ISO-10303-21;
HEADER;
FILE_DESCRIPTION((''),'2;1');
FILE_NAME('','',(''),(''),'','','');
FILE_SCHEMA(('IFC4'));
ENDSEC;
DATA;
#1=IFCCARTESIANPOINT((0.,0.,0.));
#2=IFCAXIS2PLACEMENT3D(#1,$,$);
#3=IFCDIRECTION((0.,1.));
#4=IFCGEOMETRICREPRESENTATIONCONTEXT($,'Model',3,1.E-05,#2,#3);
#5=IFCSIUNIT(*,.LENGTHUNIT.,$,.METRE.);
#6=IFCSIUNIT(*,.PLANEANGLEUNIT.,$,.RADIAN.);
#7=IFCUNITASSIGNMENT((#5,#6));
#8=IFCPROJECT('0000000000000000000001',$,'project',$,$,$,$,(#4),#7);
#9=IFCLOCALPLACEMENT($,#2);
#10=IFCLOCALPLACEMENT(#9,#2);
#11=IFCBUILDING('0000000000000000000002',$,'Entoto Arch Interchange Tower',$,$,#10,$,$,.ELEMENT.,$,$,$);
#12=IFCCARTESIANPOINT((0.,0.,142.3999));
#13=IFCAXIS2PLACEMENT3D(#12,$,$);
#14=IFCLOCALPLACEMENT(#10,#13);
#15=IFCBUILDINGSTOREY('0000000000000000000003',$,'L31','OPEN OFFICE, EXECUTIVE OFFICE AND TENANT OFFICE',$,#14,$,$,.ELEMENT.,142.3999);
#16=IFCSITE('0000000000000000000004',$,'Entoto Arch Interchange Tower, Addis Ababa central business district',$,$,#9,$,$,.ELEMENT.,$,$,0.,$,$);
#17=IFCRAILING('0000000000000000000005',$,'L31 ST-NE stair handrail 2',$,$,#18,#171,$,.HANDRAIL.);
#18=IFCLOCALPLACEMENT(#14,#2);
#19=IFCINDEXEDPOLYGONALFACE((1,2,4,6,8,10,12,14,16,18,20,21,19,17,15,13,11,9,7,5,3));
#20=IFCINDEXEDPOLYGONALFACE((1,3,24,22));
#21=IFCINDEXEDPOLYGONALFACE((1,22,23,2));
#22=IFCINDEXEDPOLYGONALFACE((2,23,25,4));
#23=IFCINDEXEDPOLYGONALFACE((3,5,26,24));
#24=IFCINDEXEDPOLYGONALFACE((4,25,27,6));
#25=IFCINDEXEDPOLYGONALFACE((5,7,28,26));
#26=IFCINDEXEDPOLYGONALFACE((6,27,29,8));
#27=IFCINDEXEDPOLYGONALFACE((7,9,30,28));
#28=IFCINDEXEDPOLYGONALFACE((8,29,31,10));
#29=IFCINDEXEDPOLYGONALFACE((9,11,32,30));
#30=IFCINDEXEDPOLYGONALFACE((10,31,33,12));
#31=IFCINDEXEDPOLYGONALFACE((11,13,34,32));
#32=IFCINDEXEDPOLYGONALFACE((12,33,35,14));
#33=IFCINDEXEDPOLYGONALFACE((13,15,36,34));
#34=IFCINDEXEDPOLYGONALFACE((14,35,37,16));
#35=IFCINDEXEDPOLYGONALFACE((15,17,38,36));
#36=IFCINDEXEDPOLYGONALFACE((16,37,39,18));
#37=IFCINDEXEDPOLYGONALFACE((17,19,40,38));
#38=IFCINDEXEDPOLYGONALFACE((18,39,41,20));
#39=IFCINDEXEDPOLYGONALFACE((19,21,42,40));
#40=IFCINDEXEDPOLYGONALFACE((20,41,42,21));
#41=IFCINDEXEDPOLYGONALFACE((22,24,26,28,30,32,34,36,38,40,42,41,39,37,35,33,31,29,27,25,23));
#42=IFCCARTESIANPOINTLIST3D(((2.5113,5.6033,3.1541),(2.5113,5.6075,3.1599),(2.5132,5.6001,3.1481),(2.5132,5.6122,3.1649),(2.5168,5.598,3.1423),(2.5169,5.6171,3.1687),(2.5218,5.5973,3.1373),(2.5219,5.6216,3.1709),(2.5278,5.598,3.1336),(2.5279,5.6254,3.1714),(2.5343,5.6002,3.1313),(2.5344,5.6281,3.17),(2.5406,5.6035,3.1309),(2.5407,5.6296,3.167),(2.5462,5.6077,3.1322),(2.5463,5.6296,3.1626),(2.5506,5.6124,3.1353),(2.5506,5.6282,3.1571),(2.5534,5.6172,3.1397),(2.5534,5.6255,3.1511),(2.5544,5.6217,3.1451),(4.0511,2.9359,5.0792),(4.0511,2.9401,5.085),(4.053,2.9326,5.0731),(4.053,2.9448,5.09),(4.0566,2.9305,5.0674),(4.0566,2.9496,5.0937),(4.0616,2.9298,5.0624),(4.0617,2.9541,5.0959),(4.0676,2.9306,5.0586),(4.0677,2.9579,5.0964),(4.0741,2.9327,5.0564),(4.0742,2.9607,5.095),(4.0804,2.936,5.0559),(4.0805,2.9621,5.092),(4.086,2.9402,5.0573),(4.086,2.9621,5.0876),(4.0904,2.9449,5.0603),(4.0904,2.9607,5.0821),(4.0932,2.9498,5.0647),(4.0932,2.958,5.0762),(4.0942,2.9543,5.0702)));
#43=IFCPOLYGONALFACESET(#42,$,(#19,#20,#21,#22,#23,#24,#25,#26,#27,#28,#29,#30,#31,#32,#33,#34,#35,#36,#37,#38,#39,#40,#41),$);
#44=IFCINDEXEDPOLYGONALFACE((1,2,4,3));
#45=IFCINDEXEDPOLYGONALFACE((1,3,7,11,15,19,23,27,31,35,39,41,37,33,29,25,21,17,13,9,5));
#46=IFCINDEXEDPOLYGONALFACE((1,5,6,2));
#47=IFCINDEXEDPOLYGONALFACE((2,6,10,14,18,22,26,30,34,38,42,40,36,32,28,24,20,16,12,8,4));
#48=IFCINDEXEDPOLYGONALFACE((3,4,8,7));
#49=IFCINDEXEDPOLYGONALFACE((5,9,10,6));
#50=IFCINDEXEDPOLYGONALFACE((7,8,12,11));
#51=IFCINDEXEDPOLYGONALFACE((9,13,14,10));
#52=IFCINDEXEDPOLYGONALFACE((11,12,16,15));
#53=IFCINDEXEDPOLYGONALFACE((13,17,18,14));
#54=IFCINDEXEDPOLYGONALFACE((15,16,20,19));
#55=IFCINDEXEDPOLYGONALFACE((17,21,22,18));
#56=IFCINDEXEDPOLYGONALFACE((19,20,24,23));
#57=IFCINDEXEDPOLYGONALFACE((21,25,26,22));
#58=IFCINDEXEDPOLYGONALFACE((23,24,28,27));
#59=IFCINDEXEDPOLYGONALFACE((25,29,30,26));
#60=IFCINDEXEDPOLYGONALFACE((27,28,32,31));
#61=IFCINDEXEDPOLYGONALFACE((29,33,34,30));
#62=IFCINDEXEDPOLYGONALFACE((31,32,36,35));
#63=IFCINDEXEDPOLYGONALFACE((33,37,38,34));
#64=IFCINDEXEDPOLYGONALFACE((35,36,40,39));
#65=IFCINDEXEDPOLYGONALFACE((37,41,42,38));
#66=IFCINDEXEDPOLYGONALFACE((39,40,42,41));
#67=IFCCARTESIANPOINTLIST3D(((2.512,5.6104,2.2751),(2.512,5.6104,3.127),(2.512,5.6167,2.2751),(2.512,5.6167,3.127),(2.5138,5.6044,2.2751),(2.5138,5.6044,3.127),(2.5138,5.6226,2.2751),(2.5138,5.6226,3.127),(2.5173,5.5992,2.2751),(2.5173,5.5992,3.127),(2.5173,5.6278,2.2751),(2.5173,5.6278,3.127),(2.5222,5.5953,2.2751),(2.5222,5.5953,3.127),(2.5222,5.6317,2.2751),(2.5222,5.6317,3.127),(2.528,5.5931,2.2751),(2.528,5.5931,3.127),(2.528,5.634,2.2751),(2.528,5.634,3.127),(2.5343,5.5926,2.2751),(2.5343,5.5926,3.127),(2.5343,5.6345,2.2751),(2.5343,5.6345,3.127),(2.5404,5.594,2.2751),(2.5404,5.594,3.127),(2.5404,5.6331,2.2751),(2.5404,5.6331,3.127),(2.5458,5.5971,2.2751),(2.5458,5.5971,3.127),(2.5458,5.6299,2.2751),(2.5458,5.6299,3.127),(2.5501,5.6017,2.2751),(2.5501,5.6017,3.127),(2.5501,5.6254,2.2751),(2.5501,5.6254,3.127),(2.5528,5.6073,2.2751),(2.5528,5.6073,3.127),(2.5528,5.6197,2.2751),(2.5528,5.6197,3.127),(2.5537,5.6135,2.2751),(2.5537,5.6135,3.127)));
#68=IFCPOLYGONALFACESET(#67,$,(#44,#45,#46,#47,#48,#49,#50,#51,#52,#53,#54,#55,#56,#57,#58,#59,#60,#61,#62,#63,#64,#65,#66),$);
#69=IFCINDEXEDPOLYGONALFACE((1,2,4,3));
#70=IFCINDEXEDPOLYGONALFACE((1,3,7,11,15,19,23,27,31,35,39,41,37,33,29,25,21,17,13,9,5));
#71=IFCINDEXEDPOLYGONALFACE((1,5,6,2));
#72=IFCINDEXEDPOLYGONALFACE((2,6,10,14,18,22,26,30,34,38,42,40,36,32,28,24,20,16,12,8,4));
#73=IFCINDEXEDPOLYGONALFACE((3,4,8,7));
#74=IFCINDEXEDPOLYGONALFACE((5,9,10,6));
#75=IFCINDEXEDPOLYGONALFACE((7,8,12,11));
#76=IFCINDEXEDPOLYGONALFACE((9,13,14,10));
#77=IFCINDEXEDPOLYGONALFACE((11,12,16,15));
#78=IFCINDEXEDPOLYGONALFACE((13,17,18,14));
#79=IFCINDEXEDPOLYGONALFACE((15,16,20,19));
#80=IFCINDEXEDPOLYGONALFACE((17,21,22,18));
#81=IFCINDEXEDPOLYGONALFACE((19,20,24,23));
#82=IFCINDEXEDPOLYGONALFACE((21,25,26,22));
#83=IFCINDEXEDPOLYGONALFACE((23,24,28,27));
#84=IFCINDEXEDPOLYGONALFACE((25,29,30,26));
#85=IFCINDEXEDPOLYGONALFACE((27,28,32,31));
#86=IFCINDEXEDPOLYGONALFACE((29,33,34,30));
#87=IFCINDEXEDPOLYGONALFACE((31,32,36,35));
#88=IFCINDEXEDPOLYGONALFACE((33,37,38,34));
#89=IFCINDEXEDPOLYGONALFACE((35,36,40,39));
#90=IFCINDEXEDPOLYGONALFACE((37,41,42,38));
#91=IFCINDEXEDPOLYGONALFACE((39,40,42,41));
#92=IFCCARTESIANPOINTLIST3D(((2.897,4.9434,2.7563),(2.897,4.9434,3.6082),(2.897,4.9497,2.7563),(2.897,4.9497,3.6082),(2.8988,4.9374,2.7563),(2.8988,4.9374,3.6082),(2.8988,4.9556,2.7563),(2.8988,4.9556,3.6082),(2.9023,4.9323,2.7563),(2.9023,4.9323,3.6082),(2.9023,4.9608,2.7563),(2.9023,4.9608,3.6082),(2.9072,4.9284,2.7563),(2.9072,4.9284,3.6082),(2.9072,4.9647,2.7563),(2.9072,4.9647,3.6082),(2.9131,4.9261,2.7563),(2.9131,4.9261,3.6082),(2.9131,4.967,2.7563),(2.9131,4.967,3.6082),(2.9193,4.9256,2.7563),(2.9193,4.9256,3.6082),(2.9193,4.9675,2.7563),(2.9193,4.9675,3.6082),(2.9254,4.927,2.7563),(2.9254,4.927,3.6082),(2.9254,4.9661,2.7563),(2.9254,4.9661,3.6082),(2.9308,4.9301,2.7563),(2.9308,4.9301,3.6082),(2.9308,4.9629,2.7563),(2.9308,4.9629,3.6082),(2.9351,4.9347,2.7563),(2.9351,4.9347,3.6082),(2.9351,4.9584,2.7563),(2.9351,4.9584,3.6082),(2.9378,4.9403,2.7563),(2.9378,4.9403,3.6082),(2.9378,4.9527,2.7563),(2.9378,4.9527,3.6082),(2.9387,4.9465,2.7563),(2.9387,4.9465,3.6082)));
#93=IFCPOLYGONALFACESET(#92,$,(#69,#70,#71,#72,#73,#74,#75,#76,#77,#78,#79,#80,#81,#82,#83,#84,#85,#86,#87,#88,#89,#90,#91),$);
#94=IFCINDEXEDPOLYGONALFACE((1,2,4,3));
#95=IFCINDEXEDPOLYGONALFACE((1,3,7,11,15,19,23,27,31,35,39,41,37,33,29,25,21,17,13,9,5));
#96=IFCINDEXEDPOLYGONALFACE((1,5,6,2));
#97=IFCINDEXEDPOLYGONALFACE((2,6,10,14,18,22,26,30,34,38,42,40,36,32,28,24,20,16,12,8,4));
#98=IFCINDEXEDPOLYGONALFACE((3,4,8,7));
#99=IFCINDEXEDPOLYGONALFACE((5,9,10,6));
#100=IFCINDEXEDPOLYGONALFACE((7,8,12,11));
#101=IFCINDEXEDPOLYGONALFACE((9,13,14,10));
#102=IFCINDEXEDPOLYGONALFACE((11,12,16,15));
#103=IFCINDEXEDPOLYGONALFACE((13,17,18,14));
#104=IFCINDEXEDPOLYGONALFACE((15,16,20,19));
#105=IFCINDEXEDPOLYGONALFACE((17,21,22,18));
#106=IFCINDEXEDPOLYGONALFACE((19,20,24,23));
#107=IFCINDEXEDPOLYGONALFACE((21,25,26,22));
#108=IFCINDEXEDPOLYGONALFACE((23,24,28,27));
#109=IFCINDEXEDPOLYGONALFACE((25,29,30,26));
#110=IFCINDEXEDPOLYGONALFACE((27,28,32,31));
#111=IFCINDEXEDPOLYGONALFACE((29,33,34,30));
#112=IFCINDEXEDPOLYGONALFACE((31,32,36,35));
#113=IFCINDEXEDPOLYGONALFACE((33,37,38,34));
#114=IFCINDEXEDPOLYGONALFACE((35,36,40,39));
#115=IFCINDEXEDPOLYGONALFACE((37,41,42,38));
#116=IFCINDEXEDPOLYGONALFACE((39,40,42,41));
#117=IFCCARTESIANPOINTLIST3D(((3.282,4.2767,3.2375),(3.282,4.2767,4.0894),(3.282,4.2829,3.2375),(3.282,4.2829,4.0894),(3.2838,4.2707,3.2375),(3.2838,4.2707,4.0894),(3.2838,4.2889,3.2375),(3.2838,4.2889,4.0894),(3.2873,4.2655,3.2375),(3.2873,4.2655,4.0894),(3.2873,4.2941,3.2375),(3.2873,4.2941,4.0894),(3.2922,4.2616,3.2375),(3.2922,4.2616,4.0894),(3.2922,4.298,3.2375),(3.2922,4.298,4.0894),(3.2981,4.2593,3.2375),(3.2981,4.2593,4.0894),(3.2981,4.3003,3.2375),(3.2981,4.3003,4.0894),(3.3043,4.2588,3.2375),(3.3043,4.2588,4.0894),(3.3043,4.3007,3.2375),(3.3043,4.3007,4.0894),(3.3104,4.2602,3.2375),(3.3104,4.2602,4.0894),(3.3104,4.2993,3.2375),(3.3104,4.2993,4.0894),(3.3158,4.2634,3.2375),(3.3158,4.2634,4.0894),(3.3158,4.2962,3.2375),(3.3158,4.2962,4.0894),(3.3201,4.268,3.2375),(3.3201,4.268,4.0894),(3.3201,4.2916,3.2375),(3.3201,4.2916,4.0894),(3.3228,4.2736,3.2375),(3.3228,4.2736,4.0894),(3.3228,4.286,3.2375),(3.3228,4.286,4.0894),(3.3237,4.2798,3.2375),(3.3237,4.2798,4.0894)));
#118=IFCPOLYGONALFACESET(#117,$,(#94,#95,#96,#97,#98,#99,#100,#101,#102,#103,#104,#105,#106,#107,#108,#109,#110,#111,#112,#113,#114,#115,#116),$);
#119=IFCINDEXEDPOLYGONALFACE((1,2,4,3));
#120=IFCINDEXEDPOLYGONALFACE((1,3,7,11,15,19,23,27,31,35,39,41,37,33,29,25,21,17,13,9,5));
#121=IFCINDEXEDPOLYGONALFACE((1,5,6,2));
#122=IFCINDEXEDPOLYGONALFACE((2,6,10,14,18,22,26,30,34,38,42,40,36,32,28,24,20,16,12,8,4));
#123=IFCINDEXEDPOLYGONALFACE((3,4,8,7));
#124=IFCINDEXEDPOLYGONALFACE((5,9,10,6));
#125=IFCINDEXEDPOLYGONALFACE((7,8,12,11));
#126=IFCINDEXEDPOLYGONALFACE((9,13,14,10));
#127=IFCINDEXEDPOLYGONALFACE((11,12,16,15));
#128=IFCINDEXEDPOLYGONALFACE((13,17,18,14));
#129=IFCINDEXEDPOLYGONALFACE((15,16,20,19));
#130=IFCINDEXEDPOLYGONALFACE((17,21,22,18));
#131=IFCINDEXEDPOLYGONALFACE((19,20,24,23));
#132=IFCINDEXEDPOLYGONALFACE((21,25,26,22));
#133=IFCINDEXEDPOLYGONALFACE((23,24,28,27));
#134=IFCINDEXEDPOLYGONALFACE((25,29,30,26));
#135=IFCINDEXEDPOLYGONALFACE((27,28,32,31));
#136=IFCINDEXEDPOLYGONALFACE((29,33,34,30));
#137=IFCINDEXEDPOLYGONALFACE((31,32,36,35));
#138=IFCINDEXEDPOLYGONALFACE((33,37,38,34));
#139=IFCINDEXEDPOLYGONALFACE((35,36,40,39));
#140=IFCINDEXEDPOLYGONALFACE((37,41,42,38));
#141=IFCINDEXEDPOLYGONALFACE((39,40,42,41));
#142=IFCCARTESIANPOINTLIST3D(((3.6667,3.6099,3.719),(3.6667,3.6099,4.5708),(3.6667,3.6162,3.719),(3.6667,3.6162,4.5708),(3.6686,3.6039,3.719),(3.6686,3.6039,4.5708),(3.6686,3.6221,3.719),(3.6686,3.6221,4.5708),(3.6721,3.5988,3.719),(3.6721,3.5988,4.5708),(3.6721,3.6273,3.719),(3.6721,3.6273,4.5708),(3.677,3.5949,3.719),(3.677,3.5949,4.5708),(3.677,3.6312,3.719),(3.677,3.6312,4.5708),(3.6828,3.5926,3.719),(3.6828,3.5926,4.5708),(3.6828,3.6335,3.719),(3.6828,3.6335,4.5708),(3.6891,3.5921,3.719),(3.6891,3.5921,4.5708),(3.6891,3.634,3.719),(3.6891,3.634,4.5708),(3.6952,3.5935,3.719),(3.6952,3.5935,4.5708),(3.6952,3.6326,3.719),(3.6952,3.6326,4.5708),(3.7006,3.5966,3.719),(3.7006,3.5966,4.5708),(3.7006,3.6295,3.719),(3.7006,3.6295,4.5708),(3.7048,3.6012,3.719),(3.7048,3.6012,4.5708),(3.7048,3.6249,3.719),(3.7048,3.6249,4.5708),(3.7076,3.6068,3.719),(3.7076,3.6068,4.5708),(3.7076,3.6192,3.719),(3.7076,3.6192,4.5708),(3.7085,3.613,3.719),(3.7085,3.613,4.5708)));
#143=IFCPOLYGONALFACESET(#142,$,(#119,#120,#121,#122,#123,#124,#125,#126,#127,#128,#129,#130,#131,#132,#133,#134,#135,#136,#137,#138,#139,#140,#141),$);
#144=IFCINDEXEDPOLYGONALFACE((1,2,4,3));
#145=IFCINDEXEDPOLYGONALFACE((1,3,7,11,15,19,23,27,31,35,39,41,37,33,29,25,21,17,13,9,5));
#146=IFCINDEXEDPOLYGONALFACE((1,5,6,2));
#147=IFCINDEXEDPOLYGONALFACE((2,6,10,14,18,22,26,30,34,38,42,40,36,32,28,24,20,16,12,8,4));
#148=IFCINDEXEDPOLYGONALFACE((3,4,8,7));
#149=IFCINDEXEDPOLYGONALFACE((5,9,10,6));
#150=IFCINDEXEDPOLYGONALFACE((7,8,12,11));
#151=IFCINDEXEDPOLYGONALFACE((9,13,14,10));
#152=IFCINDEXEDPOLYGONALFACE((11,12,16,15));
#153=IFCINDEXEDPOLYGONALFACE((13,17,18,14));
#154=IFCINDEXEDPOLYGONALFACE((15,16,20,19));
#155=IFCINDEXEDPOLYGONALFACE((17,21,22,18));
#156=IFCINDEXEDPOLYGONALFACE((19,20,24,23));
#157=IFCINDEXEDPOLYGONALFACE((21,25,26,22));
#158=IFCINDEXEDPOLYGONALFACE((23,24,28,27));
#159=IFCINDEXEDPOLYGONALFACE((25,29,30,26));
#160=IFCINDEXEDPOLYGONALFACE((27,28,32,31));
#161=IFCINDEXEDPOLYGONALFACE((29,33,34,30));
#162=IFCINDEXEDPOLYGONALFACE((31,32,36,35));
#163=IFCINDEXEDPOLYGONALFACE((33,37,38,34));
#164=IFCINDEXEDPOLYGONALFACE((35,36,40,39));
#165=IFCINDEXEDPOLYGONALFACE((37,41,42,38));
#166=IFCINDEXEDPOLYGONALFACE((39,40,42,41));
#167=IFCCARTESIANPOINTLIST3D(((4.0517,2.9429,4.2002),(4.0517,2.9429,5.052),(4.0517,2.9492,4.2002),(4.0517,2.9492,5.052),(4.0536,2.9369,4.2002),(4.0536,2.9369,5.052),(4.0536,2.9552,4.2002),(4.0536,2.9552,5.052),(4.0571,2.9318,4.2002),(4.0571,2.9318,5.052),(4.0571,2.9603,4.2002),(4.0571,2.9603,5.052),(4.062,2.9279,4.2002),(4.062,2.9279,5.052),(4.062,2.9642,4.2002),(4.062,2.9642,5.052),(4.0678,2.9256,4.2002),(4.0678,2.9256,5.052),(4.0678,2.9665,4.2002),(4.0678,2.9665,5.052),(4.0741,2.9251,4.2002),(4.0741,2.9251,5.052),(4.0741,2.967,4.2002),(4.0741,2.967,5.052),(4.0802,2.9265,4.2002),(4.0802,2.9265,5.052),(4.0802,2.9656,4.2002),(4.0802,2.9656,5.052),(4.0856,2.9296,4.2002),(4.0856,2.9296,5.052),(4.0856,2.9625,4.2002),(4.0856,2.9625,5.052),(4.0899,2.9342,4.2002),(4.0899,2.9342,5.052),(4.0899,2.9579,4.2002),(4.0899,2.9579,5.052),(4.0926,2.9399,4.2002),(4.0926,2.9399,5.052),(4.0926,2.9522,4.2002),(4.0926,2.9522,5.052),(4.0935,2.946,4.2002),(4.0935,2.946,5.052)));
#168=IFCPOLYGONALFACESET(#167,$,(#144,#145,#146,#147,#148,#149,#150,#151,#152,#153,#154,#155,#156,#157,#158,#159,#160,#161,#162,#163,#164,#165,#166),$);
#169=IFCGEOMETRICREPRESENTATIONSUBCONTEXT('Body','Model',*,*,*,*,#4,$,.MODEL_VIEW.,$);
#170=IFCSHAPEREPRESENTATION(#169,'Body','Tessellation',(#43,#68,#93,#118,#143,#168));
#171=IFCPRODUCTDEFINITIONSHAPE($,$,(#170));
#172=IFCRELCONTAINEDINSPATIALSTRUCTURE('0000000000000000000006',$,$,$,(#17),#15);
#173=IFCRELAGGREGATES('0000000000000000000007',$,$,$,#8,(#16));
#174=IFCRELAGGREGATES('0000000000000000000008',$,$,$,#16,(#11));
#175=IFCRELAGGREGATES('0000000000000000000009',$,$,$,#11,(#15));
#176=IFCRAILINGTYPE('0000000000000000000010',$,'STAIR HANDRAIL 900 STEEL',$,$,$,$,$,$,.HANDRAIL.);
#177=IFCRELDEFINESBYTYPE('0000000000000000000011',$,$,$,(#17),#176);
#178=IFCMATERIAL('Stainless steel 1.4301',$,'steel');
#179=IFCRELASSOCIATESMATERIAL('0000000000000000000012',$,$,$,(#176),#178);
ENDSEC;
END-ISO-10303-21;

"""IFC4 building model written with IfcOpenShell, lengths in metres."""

from ifc_helpers import new_model, si_unit, direction, frame, origin, origin_2d, place, context, subcontext, project, spatial, circle, extrude, material, type_object, element, save


model = new_model("IFC4")

# Units and contexts
model_context = context("Model", 3, precision=1e-05, world=origin(), true_north=direction((0.0, 1.0)))
body_context = subcontext(model_context, "Body", "Model", "MODEL_VIEW")
ifc_project = project(units=[si_unit("LENGTHUNIT", "METRE"), si_unit("PLANEANGLEUNIT", "RADIAN")], contexts=[model_context])

# Site, building, storey
site_placement = place(None, origin())
site = spatial("IfcSite", under=ifc_project, at=site_placement, Name="Entoto Arch Interchange Tower, Addis Ababa central business district", CompositionType="ELEMENT", RefElevation=0.0)
building_placement = place(site_placement, origin())
building = spatial("IfcBuilding", under=site, at=building_placement, Name="Entoto Arch Interchange Tower", CompositionType="ELEMENT")
storey_placement = place(building_placement, frame((0.0, 0.0, 142.3999)))
storey = spatial("IfcBuildingStorey", under=building, at=storey_placement, Name="L31", Description="OPEN OFFICE, EXECUTIVE OFFICE AND TENANT OFFICE", CompositionType="ELEMENT", Elevation=142.3999)

# Railing
ifc_material_1 = material(Name="Stainless steel 1.4301", Category="steel")
railing_type = type_object("IfcRailingType", Name="STAIR HANDRAIL 900 STEEL", PredefinedType="HANDRAIL", material=ifc_material_1)
railing_placement = place(storey_placement, frame((2.5327, 5.6135, 2.2751)))
element("IfcRailing", 1, at=railing_placement, inside=storey, type_object=railing_type, Name="L31 ST-NE stair handrail 2", PredefinedType="HANDRAIL", context=body_context, shape_type="SweptSolid", body=[
    extrude(circle(Radius=0.0239, at=origin_2d()), frame((0.0, 0.0, 0.876), z_axis=(0.423939, -0.734416, 0.530008), x_axis=(0.866064, 0.499933, 0.0)), (0.0, 0.0, 1.0), 3.6321),
    extrude(circle(Radius=0.021, at=origin_2d()), origin(), (0.0, 0.0, 1.0), 0.8518),
    extrude(circle(Radius=0.021, at=origin_2d()), frame((0.385, -0.667, 0.4812)), (0.0, 0.0, 1.0), 0.8518),
    extrude(circle(Radius=0.021, at=origin_2d()), frame((0.77, -1.3337, 0.9624)), (0.0, 0.0, 1.0), 0.8518),
    extrude(circle(Radius=0.021, at=origin_2d()), frame((1.1548, -2.0005, 1.4438)), (0.0, 0.0, 1.0), 0.8518),
    extrude(circle(Radius=0.021, at=origin_2d()), frame((1.5398, -2.6675, 1.925)), (0.0, 0.0, 1.0), 0.8518),
])

save(model, "model.ifc")
